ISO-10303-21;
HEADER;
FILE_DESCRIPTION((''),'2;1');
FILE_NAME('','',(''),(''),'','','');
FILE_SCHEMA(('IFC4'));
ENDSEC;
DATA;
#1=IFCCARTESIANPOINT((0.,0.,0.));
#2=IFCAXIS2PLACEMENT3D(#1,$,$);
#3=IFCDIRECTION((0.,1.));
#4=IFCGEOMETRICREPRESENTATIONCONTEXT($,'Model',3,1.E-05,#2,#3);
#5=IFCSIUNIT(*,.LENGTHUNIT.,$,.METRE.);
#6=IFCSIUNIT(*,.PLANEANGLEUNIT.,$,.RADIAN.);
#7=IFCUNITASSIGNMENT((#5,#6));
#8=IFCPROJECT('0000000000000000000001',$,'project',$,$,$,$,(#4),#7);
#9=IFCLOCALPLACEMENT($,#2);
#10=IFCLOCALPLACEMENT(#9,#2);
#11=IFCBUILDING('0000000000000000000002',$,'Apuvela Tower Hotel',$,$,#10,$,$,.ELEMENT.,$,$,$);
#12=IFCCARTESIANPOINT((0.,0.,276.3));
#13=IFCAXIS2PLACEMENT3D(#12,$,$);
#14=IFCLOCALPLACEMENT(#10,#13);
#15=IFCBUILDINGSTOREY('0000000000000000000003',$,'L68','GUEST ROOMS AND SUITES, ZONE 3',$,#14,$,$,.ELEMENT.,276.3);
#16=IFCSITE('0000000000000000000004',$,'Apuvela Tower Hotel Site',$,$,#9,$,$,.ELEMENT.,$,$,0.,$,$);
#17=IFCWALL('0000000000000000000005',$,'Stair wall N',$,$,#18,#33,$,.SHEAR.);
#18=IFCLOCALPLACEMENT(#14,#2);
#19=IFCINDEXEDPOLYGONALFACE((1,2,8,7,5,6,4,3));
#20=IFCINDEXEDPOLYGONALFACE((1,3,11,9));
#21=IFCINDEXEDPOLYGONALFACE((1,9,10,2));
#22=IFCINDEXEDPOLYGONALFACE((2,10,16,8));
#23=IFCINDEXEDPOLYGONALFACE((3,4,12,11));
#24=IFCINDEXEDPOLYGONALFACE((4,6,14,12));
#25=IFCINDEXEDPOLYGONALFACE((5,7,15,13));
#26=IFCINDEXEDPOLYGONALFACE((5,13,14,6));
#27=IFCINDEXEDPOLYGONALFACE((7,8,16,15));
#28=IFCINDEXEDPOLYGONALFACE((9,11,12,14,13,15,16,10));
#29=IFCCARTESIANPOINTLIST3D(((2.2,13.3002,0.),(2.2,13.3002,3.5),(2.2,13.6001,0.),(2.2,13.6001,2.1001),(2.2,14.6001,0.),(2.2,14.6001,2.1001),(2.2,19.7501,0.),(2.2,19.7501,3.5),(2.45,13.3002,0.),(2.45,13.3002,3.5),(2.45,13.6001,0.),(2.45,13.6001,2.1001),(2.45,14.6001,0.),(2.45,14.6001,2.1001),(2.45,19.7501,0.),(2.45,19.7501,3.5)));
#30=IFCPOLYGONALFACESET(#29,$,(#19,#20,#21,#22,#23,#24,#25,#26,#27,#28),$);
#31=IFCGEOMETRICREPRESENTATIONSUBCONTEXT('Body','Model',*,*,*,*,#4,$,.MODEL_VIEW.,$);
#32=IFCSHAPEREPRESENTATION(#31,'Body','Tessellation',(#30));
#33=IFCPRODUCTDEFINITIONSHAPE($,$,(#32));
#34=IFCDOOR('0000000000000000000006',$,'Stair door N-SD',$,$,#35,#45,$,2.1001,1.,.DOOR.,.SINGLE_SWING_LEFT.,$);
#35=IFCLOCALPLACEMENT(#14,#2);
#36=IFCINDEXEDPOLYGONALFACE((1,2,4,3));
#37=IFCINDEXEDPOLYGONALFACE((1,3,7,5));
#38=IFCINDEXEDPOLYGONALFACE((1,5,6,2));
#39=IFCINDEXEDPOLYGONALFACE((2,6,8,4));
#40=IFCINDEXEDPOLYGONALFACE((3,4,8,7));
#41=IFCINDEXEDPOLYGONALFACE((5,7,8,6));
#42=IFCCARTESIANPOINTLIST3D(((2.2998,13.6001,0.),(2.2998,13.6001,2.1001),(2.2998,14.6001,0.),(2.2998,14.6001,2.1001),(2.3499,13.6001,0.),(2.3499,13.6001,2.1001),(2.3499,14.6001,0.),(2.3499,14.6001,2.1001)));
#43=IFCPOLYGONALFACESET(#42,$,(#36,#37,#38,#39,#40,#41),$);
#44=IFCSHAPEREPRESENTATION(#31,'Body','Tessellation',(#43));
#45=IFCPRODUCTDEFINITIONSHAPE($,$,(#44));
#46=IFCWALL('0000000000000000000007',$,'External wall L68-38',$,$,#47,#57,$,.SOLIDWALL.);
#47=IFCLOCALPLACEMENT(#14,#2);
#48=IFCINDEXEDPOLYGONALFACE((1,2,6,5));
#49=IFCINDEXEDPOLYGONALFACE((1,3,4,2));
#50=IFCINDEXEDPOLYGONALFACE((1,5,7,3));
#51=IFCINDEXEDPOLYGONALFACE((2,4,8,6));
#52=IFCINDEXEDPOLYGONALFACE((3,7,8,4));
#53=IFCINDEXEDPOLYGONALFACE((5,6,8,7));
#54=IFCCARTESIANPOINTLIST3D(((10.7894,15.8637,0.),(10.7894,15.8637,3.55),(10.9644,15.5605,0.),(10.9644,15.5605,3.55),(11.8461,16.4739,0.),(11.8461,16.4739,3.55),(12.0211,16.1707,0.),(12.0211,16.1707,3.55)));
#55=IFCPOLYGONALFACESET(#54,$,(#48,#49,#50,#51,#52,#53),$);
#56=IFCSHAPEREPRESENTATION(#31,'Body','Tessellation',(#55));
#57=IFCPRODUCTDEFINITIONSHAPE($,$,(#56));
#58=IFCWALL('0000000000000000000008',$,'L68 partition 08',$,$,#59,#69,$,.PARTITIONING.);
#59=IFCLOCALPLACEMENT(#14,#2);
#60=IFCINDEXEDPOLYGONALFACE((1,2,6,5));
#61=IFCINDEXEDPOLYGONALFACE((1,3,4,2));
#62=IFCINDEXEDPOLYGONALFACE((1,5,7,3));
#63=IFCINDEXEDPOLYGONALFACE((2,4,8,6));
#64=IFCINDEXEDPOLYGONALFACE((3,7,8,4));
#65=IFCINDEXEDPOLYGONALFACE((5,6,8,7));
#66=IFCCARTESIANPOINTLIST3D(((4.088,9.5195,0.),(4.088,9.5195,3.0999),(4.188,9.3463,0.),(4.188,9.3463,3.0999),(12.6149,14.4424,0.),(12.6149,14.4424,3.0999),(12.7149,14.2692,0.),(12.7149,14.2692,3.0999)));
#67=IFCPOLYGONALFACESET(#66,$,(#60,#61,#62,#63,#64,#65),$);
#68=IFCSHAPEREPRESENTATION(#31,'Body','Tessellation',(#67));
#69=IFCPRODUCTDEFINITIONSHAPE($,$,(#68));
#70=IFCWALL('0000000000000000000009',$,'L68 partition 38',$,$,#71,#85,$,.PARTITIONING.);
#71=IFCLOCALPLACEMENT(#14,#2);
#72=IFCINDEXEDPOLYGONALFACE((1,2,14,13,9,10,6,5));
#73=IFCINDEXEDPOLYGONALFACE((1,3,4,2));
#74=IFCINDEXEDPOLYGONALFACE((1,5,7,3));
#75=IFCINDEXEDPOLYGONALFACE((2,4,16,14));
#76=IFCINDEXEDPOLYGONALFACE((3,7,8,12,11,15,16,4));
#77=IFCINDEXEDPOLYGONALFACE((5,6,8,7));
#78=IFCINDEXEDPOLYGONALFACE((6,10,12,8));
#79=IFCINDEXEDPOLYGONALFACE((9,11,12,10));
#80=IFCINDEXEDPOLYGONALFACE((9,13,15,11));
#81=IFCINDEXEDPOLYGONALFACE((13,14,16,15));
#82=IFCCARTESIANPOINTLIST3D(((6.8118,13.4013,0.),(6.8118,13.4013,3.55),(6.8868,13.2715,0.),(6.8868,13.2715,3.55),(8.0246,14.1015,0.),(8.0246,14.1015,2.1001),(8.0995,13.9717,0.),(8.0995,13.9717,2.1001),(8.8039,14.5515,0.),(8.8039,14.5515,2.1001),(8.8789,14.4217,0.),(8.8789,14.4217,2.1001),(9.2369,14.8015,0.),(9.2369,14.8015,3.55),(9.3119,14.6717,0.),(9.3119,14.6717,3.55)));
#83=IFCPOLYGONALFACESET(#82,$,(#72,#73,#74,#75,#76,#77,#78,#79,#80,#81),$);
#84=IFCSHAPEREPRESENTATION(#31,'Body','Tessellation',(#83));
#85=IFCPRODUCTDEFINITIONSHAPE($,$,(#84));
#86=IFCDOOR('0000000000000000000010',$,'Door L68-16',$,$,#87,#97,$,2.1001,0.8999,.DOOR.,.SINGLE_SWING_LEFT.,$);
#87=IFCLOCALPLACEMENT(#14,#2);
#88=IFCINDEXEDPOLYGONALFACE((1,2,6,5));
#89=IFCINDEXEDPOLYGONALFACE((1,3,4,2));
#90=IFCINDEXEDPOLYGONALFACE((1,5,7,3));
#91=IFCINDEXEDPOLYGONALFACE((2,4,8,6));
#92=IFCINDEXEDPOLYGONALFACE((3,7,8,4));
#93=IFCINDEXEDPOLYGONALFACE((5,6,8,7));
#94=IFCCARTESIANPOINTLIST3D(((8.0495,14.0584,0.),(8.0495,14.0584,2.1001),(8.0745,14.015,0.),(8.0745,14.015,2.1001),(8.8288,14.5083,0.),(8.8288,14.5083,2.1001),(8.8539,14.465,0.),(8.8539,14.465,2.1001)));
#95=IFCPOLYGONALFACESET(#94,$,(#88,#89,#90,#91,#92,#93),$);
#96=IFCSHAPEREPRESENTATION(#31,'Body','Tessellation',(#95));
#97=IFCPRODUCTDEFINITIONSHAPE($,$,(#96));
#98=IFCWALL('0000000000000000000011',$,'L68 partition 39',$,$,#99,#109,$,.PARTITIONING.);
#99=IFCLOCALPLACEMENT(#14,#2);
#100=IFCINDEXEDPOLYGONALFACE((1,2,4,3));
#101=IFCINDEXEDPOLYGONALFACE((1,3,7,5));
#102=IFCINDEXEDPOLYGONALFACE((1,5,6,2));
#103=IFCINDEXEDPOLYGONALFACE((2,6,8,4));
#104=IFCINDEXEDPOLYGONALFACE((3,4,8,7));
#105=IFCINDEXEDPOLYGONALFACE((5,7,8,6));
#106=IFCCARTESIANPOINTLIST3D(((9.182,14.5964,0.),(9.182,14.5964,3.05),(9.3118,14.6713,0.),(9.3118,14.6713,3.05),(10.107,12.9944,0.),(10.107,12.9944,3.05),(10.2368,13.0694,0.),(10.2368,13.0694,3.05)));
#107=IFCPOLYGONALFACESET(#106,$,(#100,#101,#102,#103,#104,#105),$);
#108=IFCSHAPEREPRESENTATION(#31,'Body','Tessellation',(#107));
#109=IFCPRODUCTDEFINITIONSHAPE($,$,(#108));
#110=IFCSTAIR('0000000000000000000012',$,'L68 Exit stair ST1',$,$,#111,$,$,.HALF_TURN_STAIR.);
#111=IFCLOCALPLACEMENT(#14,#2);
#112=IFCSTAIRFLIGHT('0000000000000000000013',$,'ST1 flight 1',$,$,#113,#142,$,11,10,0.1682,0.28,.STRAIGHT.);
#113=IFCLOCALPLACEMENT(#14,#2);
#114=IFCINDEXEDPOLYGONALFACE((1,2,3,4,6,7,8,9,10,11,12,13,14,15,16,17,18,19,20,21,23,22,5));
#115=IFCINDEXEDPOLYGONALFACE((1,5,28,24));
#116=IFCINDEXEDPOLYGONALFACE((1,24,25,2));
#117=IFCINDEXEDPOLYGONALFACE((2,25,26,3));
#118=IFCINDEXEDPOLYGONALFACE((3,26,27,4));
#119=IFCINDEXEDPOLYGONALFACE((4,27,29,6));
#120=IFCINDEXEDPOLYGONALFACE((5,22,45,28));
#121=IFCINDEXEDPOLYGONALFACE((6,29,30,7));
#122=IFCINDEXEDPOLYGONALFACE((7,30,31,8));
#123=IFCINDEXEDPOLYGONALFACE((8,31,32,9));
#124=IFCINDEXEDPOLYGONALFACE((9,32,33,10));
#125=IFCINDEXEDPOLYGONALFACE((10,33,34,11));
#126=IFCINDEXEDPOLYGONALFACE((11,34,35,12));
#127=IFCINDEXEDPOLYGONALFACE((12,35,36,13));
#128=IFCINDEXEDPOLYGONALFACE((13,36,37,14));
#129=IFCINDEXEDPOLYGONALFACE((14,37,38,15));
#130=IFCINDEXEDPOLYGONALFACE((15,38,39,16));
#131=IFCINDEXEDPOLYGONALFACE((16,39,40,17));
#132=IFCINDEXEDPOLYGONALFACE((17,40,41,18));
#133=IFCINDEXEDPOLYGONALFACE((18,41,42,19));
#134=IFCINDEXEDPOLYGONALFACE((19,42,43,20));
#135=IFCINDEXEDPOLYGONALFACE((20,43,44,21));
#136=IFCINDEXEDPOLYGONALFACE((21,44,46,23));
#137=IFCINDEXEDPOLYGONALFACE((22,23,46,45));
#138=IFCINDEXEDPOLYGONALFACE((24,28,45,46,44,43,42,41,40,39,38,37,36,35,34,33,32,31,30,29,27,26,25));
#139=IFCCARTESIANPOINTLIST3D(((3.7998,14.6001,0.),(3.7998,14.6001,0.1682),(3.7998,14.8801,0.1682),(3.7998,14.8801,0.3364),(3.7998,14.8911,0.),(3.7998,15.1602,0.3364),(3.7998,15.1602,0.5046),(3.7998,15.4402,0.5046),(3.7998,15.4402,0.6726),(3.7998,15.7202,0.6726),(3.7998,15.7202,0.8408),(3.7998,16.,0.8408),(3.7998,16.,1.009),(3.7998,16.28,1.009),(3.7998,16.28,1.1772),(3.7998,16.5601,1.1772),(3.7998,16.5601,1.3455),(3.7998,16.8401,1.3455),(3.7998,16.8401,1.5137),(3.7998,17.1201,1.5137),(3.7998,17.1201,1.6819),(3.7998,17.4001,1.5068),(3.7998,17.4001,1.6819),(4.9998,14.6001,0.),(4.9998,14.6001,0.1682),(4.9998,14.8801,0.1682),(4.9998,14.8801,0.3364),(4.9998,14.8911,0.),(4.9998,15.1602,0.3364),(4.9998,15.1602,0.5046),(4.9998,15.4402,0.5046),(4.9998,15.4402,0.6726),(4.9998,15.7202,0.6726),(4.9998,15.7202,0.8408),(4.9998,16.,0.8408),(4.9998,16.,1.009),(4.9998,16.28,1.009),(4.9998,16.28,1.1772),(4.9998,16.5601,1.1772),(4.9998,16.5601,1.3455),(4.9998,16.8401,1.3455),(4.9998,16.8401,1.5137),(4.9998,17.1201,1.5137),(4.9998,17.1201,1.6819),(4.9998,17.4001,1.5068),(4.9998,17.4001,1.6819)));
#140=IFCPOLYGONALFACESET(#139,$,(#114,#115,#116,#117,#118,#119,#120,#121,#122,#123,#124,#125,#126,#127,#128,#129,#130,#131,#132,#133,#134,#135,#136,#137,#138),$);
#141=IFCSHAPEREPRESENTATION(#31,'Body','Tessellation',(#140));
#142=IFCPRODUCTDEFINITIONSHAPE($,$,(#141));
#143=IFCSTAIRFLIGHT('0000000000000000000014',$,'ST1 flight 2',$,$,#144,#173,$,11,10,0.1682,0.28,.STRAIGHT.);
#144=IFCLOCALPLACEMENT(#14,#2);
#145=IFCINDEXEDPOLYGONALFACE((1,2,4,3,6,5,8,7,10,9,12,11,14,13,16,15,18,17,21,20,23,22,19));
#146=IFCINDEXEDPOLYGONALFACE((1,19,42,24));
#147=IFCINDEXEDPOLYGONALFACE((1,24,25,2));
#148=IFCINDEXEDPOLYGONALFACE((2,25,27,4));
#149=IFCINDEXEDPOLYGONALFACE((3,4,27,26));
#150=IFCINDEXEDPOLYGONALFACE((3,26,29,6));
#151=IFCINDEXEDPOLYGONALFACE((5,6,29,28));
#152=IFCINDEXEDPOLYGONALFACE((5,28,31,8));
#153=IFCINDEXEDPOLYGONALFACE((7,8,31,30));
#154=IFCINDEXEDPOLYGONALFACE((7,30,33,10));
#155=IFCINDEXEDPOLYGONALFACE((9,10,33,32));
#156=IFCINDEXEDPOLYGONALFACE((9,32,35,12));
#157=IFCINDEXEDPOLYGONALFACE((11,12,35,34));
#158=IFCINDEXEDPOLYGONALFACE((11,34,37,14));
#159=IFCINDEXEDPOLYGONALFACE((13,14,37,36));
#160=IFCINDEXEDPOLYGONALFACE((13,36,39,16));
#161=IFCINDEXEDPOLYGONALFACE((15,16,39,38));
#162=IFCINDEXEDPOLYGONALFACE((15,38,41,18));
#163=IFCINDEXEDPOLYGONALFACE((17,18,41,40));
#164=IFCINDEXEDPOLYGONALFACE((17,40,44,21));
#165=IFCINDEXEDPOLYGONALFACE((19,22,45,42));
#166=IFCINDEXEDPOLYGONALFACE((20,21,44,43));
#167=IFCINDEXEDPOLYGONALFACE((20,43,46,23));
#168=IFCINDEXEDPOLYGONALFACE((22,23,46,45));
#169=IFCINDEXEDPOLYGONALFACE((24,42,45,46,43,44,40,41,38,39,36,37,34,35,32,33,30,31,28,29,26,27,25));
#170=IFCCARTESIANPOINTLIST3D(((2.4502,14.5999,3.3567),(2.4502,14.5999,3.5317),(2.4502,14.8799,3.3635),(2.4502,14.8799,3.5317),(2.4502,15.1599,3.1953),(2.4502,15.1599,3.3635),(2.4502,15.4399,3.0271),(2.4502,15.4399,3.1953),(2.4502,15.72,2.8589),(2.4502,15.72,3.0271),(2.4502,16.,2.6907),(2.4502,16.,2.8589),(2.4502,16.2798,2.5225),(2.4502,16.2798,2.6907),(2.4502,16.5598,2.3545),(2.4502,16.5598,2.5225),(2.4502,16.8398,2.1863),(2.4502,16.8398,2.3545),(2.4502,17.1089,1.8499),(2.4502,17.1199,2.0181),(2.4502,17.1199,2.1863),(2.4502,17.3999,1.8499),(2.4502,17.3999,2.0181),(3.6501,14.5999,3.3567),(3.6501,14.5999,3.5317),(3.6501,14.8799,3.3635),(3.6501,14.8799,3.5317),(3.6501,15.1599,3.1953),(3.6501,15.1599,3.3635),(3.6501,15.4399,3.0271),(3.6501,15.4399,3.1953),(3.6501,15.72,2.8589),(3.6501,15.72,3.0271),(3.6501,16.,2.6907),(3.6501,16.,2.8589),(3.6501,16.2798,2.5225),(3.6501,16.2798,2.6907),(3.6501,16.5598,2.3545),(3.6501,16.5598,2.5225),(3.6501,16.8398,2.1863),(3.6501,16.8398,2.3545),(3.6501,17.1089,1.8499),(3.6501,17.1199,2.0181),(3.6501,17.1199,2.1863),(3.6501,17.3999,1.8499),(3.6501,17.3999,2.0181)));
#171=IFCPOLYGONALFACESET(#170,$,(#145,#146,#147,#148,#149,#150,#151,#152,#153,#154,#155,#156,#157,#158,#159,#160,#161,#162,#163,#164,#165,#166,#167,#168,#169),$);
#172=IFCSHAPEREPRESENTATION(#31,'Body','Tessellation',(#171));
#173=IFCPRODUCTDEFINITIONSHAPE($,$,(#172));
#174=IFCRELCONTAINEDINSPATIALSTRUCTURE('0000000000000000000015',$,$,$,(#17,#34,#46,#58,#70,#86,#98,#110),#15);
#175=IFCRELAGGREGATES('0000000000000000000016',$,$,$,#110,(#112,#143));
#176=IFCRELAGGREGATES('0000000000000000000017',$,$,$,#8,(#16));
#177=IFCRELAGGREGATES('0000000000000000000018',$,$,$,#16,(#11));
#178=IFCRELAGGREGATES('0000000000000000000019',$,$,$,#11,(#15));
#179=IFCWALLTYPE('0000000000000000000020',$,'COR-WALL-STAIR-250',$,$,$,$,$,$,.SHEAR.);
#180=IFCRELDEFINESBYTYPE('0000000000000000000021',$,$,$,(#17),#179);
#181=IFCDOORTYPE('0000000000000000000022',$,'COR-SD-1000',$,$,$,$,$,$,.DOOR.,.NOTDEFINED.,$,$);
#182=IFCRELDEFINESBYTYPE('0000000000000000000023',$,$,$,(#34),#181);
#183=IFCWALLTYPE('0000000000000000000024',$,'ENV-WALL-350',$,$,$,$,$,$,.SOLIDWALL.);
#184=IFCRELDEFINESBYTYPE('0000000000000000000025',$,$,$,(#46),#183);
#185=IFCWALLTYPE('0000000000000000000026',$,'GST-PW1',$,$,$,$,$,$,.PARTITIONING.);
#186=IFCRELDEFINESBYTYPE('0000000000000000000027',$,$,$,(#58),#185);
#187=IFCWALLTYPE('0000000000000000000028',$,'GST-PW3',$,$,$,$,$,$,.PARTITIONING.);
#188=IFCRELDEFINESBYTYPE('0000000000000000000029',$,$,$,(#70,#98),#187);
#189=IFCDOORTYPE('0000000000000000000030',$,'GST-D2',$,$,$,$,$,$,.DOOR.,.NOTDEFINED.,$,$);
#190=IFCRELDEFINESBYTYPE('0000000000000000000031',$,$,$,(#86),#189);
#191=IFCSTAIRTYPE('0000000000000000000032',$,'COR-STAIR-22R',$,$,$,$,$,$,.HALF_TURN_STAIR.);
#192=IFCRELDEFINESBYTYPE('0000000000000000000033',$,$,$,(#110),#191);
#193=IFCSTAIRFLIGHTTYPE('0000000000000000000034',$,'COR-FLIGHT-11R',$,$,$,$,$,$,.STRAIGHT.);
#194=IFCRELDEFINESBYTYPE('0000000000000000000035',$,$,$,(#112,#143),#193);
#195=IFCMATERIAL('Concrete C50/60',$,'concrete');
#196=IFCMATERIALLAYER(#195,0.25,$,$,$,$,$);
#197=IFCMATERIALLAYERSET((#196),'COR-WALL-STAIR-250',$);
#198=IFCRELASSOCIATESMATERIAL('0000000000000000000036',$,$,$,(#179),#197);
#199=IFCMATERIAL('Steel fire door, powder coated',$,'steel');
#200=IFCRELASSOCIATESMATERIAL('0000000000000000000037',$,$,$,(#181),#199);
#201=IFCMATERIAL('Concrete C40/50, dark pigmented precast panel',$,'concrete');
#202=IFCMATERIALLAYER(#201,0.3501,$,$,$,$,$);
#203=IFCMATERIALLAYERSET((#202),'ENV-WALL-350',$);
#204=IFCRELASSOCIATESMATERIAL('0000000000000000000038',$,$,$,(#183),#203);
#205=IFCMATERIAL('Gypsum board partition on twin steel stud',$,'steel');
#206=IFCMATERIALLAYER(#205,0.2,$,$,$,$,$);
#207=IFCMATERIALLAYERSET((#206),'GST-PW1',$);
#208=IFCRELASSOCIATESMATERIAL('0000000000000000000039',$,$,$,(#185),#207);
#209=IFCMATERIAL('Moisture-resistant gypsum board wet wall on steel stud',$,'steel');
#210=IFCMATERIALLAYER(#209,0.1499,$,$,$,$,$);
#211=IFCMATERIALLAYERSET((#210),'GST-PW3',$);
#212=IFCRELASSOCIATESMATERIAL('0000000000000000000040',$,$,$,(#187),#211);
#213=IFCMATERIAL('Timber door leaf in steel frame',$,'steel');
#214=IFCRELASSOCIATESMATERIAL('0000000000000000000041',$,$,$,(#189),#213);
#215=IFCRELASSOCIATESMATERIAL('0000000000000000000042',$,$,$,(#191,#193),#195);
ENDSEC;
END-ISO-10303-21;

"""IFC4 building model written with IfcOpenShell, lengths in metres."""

from ifc_helpers import new_model, si_unit, direction, frame, frame_2d, origin, place, context, subcontext, project, spatial, polyline, rectangle, outline, extrude, material, layer, layer_set, type_object, element, fill, aggregate, save


model = new_model("IFC4")

# Units and contexts
model_context = context("Model", 3, precision=1e-05, world=origin(), true_north=direction((0.0, 1.0)))
body_context = subcontext(model_context, "Body", "Model", "MODEL_VIEW")
ifc_project = project(units=[si_unit("LENGTHUNIT", "METRE"), si_unit("PLANEANGLEUNIT", "RADIAN")], contexts=[model_context])

# Site, building, storey
site_placement = place(None, origin())
site = spatial("IfcSite", under=ifc_project, at=site_placement, Name="Apuvela Tower Hotel Site", CompositionType="ELEMENT", RefElevation=0.0)
building_placement = place(site_placement, origin())
building = spatial("IfcBuilding", under=site, at=building_placement, Name="Apuvela Tower Hotel", CompositionType="ELEMENT")
storey_placement = place(building_placement, frame((0.0, 0.0, 276.3)))
storey = spatial("IfcBuildingStorey", under=building, at=storey_placement, Name="L68", Description="GUEST ROOMS AND SUITES, ZONE 3", CompositionType="ELEMENT", Elevation=276.3)

# Shared definitions
ifc_material_1 = material(Name="Concrete C50/60", Category="concrete")
ifc_material_2 = material(Name="Steel fire door, powder coated", Category="steel")

# Wall, opening, door
ifc_layer_1 = layer(ifc_material_1, 0.25)
ifc_layer_set_1 = layer_set([ifc_layer_1], Name="COR-WALL-STAIR-250")
wall_type_1 = type_object("IfcWallType", Name="COR-WALL-STAIR-250", PredefinedType="SHEAR", material=ifc_layer_set_1)
wall_1_placement = place(storey_placement, frame((2.325, 13.3, 0.0), z_axis=(0.0, 0.0, 1.0), x_axis=(0.0, 1.0, 0.0)))
wall_1 = element("IfcWall", 1, at=wall_1_placement, inside=storey, type_object=wall_type_1, Name="Stair wall N", PredefinedType="SHEAR", context=body_context, shape_type="SweptSolid", body=[
    extrude(rectangle(XDim=6.45, YDim=0.25, at=frame_2d((3.2251, 0.0))), origin(), (0.0, 0.0, 1.0), 3.5),
])
opening_1_placement = place(wall_1_placement, frame((0.3, 0.0, 0.0)))
opening_1 = element("IfcOpeningElement", 2, at=opening_1_placement, cuts=wall_1, PredefinedType="OPENING", context=body_context, shape_type="SweptSolid", body=[
    extrude(rectangle(XDim=1.0, YDim=2.1001, at=frame_2d((0.5, 1.05))), frame((0.0, 0.135, 0.0), z_axis=(0.0, -1.0, 0.0), x_axis=(1.0, 0.0, 0.0)), (0.0, 0.0, 1.0), 0.27),
])
door_type_1 = type_object("IfcDoorType", Name="COR-SD-1000", OperationType="NOTDEFINED", PredefinedType="DOOR", material=ifc_material_2)
door_1_placement = place(opening_1_placement, frame((1.0, 0.0, 0.0), z_axis=(0.0, 0.0, 1.0), x_axis=(-1.0, 0.0, 0.0)))
door_1 = element("IfcDoor", 3, at=door_1_placement, inside=storey, type_object=door_type_1, Name="Stair door N-SD", OperationType="SINGLE_SWING_LEFT", OverallHeight=2.1001, OverallWidth=1.0, PredefinedType="DOOR", context=body_context, shape_type="SweptSolid", body=[
    extrude(rectangle(XDim=1.0, YDim=2.1001, at=frame_2d((0.5, 1.05))), frame((0.0, 0.0249, 0.0), z_axis=(0.0, -1.0, 0.0), x_axis=(1.0, 0.0, 0.0)), (0.0, 0.0, 1.0), 0.05),
])
fill(opening_1, door_1)

# Wall
ifc_material_3 = material(Name="Concrete C40/50, dark pigmented precast panel", Category="concrete")
ifc_layer_2 = layer(ifc_material_3, 0.3501)
ifc_layer_set_2 = layer_set([ifc_layer_2], Name="ENV-WALL-350")
wall_type_2 = type_object("IfcWallType", Name="ENV-WALL-350", PredefinedType="SOLIDWALL", material=ifc_layer_set_2)
wall_2_placement = place(storey_placement, frame((11.9336, 16.3223, 0.0), z_axis=(0.0, 0.0, 1.0), x_axis=(-0.866006, -0.500034, 0.0)))
element("IfcWall", 4, at=wall_2_placement, inside=storey, type_object=wall_type_2, Name="External wall L68-38", PredefinedType="SOLIDWALL", context=body_context, shape_type="SweptSolid", body=[
    extrude(rectangle(XDim=1.2202, YDim=0.3501, at=frame_2d((0.6101, 0.0))), origin(), (0.0, 0.0, 1.0), 3.55),
])

# Wall
ifc_material_4 = material(Name="Gypsum board partition on twin steel stud", Category="steel")
ifc_layer_3 = layer(ifc_material_4, 0.2)
ifc_layer_set_3 = layer_set([ifc_layer_3], Name="GST-PW1")
wall_type_3 = type_object("IfcWallType", Name="GST-PW1", PredefinedType="PARTITIONING", material=ifc_layer_set_3)
wall_3_placement = place(storey_placement, frame((12.6648, 14.3557, 0.0), z_axis=(0.0, 0.0, 1.0), x_axis=(-0.866031, -0.49999, 0.0)))
element("IfcWall", 5, at=wall_3_placement, inside=storey, type_object=wall_type_3, Name="L68 partition 08", PredefinedType="PARTITIONING", context=body_context, shape_type="SweptSolid", body=[
    extrude(rectangle(XDim=9.8459, YDim=0.2, at=frame_2d((4.9229, 0.0))), origin(), (0.0, 0.0, 1.0), 3.0999),
])

# Wall, opening, door
ifc_material_5 = material(Name="Moisture-resistant gypsum board wet wall on steel stud", Category="steel")
ifc_layer_4 = layer(ifc_material_5, 0.1499)
ifc_layer_set_4 = layer_set([ifc_layer_4], Name="GST-PW3")
wall_type_4 = type_object("IfcWallType", Name="GST-PW3", PredefinedType="PARTITIONING", material=ifc_layer_set_4)
wall_4_placement = place(storey_placement, frame((9.2744, 14.7366, 0.0), z_axis=(0.0, 0.0, 1.0), x_axis=(-0.866019, -0.500012, 0.0)))
wall_4 = element("IfcWall", 6, at=wall_4_placement, inside=storey, type_object=wall_type_4, Name="L68 partition 38", PredefinedType="PARTITIONING", context=body_context, shape_type="SweptSolid", body=[
    extrude(rectangle(XDim=2.8003, YDim=0.1499, at=frame_2d((1.4001, 0.0))), origin(), (0.0, 0.0, 1.0), 3.55),
])
opening_2_placement = place(wall_4_placement, frame((0.5, 0.0, 0.0)))
opening_2 = element("IfcOpeningElement", 7, at=opening_2_placement, cuts=wall_4, PredefinedType="OPENING", context=body_context, shape_type="SweptSolid", body=[
    extrude(rectangle(XDim=0.8999, YDim=2.1001, at=frame_2d((0.45, 1.05))), frame((0.0, 0.085, 0.0), z_axis=(0.0, -1.0, 0.0), x_axis=(1.0, 0.0, 0.0)), (0.0, 0.0, 1.0), 0.1699),
])
ifc_material_6 = material(Name="Timber door leaf in steel frame", Category="steel")
door_type_2 = type_object("IfcDoorType", Name="GST-D2", OperationType="NOTDEFINED", PredefinedType="DOOR", material=ifc_material_6)
door_2_placement = place(opening_2_placement, origin())
door_2 = element("IfcDoor", 8, at=door_2_placement, inside=storey, type_object=door_type_2, Name="Door L68-16", OperationType="SINGLE_SWING_LEFT", OverallHeight=2.1001, OverallWidth=0.8999, PredefinedType="DOOR", context=body_context, shape_type="SweptSolid", body=[
    extrude(rectangle(XDim=0.8999, YDim=2.1001, at=frame_2d((0.45, 1.05))), frame((0.0, 0.0249, 0.0), z_axis=(0.0, -1.0, 0.0), x_axis=(1.0, 0.0, 0.0)), (0.0, 0.0, 1.0), 0.05),
])
fill(opening_2, door_2)

# Wall
wall_5_placement = place(storey_placement, frame((10.1719, 13.032, 0.0), z_axis=(0.0, 0.0, 1.0), x_axis=(-0.500042, 0.866001, 0.0)))
element("IfcWall", 9, at=wall_5_placement, inside=storey, type_object=wall_type_4, Name="L68 partition 39", PredefinedType="PARTITIONING", context=body_context, shape_type="SweptSolid", body=[
    extrude(rectangle(XDim=1.8499, YDim=0.1499, at=frame_2d((0.9248, 0.0))), origin(), (0.0, 0.0, 1.0), 3.05),
])

# Stair, stair flights
stair_type = type_object("IfcStairType", Name="COR-STAIR-22R", PredefinedType="HALF_TURN_STAIR", material=ifc_material_1)
stair_placement = place(storey_placement, origin())
stair = element("IfcStair", 10, at=stair_placement, inside=storey, type_object=stair_type, Name="L68 Exit stair ST1", PredefinedType="HALF_TURN_STAIR")
stair_flight_type = type_object("IfcStairFlightType", Name="COR-FLIGHT-11R", PredefinedType="STRAIGHT", material=ifc_material_1)
stair_flight_1_placement = place(storey_placement, frame((4.3999, 14.6001, 0.0), z_axis=(0.0, 0.0, 1.0), x_axis=(0.0, 1.0, 0.0)))
stair_flight_1 = element("IfcStairFlight", 11, at=stair_flight_1_placement, type_object=stair_flight_type, Name="ST1 flight 1", NumberOfRisers=11, NumberOfTreads=10, PredefinedType="STRAIGHT", RiserHeight=0.1682, TreadLength=0.28, context=body_context, shape_type="SweptSolid", body=[
    extrude(outline(polyline([(0.0, 0.0), (0.0, 0.1682), (0.28, 0.1682), (0.28, 0.3364), (0.5601, 0.3364), (0.5601, 0.5046), (0.8401, 0.5046), (0.8401, 0.6726), (1.1201, 0.6726), (1.1201, 0.8408), (1.3999, 0.8408), (1.3999, 1.009), (1.6799, 1.009), (1.6799, 1.1772), (1.96, 1.1772), (1.96, 1.3455), (2.24, 1.3455), (2.24, 1.5137), (2.52, 1.5137), (2.52, 1.6819), (2.8, 1.6819), (2.8, 1.8501), (2.8, 1.5068), (0.291, 0.0), (0.0, 0.0)])), frame((0.0, 0.6001, 0.0), z_axis=(0.0, -1.0, 0.0), x_axis=(1.0, 0.0, 0.0)), (0.0, 0.0, 1.0), 1.2),
])
stair_flight_2_placement = place(storey_placement, frame((3.05, 17.3999, 1.8499), z_axis=(0.0, 0.0, 1.0), x_axis=(0.0, -1.0, 0.0)))
stair_flight_2 = element("IfcStairFlight", 12, at=stair_flight_2_placement, type_object=stair_flight_type, Name="ST1 flight 2", NumberOfRisers=11, NumberOfTreads=10, PredefinedType="STRAIGHT", RiserHeight=0.1682, TreadLength=0.28, context=body_context, shape_type="SweptSolid", body=[
    extrude(outline(polyline([(0.0, 0.0), (0.0, 0.1682), (0.28, 0.1682), (0.28, 0.3364), (0.5601, 0.3364), (0.5601, 0.5046), (0.8401, 0.5046), (0.8401, 0.6726), (1.1201, 0.6726), (1.1201, 0.8408), (1.3999, 0.8408), (1.3999, 1.009), (1.6799, 1.009), (1.6799, 1.1772), (1.96, 1.1772), (1.96, 1.3455), (2.24, 1.3455), (2.24, 1.5137), (2.52, 1.5137), (2.52, 1.6819), (2.8, 1.6819), (2.8, 1.8501), (2.8, 1.5068), (0.291, 0.0), (0.0, 0.0)])), frame((0.0, 0.6001, 0.0), z_axis=(0.0, -1.0, 0.0), x_axis=(1.0, 0.0, 0.0)), (0.0, 0.0, 1.0), 1.2),
])
aggregate(stair, [stair_flight_1, stair_flight_2])

save(model, "model.ifc")
